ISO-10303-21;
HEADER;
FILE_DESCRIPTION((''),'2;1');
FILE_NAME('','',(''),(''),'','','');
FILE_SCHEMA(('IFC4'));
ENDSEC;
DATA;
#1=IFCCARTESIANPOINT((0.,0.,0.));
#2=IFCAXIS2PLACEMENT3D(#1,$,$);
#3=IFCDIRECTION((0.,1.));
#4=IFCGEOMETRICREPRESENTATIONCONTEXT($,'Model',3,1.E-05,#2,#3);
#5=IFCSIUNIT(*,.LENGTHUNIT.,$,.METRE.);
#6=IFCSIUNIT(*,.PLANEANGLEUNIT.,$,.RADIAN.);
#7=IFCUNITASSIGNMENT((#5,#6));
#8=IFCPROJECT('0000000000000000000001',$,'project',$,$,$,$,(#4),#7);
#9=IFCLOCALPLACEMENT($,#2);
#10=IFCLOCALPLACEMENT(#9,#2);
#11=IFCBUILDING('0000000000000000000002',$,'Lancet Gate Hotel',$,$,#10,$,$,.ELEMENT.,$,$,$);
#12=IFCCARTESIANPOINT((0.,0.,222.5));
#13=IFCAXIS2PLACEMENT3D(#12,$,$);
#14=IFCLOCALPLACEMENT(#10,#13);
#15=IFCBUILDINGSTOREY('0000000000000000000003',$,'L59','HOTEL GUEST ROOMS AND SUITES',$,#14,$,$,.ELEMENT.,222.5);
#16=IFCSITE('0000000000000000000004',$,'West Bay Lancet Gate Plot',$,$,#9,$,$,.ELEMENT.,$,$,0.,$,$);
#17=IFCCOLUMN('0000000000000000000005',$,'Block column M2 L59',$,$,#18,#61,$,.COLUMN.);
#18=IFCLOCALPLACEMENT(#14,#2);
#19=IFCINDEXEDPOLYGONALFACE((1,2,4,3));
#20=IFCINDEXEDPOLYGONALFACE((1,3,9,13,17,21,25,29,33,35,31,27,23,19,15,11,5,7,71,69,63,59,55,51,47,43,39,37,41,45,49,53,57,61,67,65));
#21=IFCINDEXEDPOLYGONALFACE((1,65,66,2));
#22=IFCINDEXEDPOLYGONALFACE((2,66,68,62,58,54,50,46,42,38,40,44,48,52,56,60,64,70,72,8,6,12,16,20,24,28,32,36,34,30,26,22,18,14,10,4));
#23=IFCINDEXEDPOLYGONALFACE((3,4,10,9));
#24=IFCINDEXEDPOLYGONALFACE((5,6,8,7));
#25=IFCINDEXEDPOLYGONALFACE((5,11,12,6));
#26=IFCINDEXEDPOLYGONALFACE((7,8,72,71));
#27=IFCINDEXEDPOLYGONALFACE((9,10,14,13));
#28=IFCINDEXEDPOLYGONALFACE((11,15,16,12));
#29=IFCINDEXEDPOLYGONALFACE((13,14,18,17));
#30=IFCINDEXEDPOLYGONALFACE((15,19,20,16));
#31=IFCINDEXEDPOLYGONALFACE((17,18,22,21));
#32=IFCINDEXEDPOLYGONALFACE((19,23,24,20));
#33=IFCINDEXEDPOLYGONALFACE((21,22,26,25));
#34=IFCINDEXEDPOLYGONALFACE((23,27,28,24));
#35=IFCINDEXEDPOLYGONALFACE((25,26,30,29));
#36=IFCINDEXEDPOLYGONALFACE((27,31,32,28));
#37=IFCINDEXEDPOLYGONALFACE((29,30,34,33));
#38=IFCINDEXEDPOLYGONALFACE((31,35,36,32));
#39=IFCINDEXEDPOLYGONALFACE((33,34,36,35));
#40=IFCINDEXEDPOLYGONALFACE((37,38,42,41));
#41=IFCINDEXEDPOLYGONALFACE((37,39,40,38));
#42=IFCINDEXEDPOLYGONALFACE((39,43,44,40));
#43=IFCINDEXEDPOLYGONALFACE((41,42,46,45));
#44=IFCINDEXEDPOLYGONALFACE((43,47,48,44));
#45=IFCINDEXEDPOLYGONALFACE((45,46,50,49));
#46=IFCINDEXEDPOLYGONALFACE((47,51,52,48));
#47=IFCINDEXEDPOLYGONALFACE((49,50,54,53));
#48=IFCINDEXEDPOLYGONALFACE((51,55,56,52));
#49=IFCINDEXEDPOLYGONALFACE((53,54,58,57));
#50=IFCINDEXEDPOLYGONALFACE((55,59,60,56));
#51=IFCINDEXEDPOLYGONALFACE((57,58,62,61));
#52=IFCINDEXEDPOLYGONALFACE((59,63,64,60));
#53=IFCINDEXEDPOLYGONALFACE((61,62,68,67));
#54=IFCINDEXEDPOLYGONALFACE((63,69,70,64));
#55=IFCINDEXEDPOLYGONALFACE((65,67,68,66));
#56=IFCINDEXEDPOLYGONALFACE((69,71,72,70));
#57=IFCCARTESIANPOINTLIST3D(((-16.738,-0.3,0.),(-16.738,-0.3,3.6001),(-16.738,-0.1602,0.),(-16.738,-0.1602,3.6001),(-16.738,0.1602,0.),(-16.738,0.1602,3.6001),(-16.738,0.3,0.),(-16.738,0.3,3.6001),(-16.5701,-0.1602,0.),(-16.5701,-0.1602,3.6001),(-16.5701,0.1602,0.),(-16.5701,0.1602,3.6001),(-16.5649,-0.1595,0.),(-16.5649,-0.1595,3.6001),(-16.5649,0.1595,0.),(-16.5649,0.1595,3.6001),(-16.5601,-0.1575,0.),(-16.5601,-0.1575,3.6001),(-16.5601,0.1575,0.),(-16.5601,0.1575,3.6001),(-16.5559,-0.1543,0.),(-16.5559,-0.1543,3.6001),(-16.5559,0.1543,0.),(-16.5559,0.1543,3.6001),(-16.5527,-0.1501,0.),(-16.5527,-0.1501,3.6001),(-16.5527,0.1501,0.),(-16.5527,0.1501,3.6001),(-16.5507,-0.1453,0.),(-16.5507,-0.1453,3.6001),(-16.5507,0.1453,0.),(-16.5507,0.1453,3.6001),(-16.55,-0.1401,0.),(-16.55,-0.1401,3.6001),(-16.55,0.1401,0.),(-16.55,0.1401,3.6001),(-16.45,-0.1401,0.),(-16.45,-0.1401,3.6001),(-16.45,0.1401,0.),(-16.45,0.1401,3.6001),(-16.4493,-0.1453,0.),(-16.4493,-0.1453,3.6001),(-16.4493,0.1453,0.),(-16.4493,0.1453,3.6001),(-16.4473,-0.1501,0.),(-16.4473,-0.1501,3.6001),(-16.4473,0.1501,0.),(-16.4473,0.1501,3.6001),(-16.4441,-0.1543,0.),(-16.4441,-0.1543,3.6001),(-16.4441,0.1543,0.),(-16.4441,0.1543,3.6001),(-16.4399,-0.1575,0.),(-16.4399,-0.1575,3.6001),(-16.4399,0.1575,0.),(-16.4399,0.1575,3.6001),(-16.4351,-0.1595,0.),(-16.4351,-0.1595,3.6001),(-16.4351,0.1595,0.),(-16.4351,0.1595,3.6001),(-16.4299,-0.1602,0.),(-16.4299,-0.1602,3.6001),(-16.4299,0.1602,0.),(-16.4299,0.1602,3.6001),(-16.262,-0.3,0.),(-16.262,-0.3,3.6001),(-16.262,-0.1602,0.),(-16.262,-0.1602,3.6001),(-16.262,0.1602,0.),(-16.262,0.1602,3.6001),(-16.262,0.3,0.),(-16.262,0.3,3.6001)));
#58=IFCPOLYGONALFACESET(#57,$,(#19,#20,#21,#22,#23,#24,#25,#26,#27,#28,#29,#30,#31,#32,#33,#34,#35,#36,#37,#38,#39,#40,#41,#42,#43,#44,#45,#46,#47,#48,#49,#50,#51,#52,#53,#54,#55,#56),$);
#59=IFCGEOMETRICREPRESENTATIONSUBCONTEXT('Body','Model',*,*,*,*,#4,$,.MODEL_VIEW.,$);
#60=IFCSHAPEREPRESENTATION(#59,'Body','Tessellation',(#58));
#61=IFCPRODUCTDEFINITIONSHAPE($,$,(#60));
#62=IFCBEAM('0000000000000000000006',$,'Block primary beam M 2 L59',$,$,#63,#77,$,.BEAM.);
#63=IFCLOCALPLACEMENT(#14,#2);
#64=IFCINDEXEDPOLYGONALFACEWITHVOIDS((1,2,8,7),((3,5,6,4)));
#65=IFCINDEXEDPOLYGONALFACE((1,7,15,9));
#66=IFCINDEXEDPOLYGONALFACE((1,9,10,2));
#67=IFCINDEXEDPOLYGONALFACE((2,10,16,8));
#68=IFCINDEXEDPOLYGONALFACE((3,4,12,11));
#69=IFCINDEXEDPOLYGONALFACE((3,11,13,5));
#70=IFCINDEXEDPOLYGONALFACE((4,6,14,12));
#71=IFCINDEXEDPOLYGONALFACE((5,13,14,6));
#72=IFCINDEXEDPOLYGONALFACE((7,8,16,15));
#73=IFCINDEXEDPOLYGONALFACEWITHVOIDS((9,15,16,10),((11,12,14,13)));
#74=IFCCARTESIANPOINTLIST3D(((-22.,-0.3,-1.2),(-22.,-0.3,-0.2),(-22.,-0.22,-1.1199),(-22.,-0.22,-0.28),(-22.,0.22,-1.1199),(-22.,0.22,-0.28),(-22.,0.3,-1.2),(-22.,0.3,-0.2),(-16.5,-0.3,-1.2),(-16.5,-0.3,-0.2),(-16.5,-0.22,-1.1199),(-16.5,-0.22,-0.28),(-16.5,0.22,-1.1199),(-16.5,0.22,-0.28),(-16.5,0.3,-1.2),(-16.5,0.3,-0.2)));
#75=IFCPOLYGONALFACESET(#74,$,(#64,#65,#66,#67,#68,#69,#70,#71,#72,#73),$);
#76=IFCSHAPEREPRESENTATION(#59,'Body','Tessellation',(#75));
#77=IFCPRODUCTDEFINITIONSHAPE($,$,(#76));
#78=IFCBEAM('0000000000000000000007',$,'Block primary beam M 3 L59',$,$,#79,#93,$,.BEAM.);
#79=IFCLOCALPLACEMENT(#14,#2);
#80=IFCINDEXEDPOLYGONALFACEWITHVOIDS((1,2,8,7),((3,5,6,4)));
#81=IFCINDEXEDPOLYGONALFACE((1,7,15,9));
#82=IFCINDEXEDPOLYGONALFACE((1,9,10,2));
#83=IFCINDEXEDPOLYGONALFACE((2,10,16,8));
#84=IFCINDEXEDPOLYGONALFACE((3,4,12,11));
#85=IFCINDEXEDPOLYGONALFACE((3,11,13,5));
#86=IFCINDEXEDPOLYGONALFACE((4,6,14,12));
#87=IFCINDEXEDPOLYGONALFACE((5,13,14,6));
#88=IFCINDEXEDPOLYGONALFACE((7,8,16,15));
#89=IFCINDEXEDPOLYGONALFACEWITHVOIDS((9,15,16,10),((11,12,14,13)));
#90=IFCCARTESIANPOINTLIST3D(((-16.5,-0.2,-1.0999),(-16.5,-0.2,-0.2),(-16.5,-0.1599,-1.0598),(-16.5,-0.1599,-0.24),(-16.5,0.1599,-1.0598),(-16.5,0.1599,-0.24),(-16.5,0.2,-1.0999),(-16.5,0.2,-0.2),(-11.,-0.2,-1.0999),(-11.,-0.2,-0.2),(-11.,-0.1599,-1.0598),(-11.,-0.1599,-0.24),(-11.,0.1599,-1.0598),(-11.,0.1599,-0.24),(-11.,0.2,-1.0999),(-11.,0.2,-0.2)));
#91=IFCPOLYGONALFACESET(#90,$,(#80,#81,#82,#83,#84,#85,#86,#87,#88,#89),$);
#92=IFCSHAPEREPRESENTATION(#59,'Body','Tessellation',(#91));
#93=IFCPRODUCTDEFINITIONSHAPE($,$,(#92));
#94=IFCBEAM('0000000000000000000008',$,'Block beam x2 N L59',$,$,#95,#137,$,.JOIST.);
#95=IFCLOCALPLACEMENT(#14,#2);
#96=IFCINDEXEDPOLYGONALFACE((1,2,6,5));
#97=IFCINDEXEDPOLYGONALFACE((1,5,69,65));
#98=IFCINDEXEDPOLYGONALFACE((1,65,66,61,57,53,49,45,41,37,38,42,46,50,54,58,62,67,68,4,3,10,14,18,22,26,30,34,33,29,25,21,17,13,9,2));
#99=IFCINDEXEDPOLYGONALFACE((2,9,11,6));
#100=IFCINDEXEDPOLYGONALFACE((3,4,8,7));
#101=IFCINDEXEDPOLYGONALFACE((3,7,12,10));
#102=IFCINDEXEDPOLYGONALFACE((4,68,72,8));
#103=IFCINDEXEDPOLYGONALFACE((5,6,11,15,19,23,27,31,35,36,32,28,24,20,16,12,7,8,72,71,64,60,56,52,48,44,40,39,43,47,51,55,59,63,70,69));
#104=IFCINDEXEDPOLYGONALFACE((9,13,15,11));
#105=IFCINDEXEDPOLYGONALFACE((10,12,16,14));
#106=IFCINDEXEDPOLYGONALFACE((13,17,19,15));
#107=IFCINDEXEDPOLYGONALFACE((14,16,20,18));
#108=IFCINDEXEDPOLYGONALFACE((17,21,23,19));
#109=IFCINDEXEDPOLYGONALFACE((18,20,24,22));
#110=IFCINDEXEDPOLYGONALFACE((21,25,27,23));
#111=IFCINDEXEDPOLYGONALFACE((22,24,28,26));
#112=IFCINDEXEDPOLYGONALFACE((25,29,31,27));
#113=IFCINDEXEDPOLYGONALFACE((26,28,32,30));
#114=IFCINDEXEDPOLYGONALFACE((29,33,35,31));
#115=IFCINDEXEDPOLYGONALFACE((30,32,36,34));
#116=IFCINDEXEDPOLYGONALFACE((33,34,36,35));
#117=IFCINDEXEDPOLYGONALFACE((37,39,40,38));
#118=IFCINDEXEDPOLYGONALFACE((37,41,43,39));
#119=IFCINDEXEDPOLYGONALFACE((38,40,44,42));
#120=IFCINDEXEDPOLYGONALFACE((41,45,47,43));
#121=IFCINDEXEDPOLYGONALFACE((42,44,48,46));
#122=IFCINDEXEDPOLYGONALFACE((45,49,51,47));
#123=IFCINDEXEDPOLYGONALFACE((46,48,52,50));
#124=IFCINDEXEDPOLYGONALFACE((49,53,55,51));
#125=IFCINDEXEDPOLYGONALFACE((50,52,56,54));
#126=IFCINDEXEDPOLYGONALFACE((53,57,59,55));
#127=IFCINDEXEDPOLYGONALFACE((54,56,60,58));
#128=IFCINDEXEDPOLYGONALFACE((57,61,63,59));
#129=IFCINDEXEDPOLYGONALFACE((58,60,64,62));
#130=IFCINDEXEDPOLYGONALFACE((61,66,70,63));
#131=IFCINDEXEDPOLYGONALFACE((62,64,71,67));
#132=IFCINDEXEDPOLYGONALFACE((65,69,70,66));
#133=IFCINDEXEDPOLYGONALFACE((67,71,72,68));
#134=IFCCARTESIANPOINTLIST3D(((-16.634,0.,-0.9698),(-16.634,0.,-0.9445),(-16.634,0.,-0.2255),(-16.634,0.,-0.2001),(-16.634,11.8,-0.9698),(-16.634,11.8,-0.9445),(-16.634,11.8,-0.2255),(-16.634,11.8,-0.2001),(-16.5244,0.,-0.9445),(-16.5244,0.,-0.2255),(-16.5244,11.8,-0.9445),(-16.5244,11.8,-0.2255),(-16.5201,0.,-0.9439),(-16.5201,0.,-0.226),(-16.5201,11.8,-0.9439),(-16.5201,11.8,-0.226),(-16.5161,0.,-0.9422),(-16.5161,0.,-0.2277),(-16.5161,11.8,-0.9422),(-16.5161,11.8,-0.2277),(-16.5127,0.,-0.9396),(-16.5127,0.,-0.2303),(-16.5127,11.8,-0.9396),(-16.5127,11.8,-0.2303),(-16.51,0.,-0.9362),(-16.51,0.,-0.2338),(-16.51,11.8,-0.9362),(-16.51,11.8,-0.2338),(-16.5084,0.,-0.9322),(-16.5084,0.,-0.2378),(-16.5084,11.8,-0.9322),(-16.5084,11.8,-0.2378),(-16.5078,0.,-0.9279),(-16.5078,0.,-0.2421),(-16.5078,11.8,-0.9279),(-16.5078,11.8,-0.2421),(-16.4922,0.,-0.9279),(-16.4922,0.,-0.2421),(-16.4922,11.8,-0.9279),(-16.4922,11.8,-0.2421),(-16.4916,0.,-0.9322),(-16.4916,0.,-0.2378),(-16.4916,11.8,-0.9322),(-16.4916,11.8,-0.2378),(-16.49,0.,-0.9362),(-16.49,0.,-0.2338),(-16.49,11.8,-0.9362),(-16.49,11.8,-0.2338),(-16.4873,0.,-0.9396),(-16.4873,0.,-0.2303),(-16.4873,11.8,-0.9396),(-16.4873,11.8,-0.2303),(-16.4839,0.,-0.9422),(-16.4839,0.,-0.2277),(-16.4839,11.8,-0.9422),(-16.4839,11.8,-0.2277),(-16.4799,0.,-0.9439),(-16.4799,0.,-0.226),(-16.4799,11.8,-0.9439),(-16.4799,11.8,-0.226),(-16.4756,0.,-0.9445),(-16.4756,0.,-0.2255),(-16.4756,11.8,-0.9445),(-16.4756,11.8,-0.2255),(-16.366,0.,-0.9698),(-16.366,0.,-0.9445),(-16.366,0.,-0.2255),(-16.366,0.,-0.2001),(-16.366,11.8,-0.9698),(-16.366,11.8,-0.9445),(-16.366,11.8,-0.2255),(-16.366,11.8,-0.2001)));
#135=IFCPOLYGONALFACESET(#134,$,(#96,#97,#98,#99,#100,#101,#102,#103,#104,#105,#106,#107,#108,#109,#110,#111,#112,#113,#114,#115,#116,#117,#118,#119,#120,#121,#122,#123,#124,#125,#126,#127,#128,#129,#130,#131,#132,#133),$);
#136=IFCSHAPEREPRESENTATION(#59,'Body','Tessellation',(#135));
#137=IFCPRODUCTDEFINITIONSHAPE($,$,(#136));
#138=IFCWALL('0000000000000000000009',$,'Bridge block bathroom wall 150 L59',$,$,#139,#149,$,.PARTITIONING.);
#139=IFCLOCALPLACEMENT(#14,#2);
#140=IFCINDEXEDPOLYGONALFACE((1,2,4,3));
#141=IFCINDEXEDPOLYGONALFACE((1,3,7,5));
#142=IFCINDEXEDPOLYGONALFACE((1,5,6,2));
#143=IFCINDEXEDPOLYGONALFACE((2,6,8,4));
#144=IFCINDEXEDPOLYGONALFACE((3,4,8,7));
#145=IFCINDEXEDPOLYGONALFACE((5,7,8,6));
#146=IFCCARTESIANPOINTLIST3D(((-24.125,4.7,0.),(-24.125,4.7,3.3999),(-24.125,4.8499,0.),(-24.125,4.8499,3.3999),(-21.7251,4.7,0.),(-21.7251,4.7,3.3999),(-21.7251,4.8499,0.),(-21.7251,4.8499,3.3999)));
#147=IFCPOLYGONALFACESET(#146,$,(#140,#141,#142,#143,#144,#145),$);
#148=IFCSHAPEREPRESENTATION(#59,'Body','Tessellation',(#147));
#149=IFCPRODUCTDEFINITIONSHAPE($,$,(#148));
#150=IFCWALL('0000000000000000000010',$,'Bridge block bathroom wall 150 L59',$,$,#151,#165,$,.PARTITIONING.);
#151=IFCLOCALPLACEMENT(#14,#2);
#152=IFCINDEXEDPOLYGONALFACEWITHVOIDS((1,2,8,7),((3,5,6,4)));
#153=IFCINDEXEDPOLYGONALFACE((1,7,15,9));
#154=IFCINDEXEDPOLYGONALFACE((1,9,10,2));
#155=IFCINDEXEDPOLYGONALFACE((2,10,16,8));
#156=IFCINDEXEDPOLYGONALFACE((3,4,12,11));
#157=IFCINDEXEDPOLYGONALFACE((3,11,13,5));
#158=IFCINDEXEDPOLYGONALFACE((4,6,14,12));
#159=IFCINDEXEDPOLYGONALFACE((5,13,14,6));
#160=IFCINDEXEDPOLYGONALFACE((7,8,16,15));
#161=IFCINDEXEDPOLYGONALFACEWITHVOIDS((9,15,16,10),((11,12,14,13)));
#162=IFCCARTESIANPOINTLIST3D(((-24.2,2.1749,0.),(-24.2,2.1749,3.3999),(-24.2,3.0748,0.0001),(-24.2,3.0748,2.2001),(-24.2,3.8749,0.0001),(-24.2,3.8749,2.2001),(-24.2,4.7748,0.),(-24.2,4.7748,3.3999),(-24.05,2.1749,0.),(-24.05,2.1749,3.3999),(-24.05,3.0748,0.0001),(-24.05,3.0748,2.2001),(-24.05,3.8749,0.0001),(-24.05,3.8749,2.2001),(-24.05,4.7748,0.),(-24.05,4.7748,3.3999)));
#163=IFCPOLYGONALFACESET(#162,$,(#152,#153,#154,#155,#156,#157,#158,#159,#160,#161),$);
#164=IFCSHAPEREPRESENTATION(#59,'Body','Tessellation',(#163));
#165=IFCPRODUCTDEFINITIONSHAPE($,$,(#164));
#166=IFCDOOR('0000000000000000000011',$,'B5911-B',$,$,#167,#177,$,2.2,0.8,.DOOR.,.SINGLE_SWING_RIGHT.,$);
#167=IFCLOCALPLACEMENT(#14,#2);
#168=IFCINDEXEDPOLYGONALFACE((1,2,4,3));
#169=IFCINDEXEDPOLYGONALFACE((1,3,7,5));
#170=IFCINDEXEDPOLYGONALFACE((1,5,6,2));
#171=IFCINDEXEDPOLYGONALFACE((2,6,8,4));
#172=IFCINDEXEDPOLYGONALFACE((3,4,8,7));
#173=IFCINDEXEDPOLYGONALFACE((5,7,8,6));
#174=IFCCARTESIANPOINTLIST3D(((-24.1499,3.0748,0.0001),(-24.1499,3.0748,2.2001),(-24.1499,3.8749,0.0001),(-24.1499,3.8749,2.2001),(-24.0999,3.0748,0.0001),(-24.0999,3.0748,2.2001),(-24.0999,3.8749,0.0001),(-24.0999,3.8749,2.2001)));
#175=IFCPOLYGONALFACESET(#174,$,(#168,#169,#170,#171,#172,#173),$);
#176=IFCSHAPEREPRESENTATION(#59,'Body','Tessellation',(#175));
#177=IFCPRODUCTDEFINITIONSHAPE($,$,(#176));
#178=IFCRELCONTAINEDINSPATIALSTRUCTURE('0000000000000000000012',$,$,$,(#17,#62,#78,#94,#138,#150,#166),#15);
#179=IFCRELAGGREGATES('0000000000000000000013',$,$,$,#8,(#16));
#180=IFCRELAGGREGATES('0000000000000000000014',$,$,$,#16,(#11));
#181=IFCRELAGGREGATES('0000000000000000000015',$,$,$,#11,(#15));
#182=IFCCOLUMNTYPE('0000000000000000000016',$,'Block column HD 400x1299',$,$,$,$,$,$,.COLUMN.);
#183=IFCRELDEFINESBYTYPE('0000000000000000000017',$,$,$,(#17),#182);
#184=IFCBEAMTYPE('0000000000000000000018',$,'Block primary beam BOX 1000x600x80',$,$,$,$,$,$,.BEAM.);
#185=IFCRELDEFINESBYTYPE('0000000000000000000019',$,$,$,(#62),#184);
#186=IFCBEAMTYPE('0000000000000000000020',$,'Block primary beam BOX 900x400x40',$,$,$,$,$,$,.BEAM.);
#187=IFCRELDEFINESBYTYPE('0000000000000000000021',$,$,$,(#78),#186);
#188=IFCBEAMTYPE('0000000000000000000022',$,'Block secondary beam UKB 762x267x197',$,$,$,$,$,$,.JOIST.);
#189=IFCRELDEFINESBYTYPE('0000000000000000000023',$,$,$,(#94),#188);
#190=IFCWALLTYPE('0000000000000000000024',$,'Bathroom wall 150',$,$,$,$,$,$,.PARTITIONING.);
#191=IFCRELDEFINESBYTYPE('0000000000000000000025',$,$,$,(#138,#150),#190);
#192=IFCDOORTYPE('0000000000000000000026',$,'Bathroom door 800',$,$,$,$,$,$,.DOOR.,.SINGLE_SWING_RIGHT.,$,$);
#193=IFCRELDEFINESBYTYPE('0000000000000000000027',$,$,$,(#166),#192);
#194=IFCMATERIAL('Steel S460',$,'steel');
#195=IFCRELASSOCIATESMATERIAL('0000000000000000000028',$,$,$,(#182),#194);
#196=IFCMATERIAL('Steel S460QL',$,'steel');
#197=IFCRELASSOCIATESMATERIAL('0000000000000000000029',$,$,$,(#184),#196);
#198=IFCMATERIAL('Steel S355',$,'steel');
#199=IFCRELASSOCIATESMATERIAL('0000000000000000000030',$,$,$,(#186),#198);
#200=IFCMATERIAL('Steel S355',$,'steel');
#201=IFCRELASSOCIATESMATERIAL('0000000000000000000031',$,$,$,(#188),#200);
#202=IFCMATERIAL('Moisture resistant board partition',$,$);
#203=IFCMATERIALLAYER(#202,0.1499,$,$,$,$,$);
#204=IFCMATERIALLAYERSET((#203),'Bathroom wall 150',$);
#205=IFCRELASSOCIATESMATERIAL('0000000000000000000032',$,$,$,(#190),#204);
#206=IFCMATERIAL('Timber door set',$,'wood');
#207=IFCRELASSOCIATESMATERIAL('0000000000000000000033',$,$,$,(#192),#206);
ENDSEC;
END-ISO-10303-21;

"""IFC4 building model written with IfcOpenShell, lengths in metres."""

from ifc_helpers import new_model, si_unit, direction, frame, frame_2d, origin, origin_2d, place, context, subcontext, project, spatial, rectangle, hollow_rectangle, i_section, extrude, material, layer, layer_set, material_profile, profile_set, type_object, element, fill, save


model = new_model("IFC4")

# Units and contexts
model_context = context("Model", 3, precision=1e-05, world=origin(), true_north=direction((0.0, 1.0)))
body_context = subcontext(model_context, "Body", "Model", "MODEL_VIEW")
ifc_project = project(units=[si_unit("LENGTHUNIT", "METRE"), si_unit("PLANEANGLEUNIT", "RADIAN")], contexts=[model_context])

# Site, building, storey
site_placement = place(None, origin())
site = spatial("IfcSite", under=ifc_project, at=site_placement, Name="West Bay Lancet Gate Plot", CompositionType="ELEMENT", RefElevation=0.0)
building_placement = place(site_placement, origin())
building = spatial("IfcBuilding", under=site, at=building_placement, Name="Lancet Gate Hotel", CompositionType="ELEMENT")
storey_placement = place(building_placement, frame((0.0, 0.0, 222.5)))
storey = spatial("IfcBuildingStorey", under=building, at=storey_placement, Name="L59", Description="HOTEL GUEST ROOMS AND SUITES", CompositionType="ELEMENT", Elevation=222.5)

# Column
ifc_material_1 = material(Name="Steel S460", Category="steel")
ifc_material_profile_1 = material_profile(ifc_material_1, i_section(OverallWidth=0.4761, OverallDepth=0.6001, WebThickness=0.1001, FlangeThickness=0.1399, FilletRadius=0.02, at=origin_2d()), Name="HD 400x1299")
ifc_profile_set_1 = profile_set([ifc_material_profile_1], Name="Steel S460")
column_type = type_object("IfcColumnType", Name="Block column HD 400x1299", PredefinedType="COLUMN", material=ifc_profile_set_1)
column_placement = place(storey_placement, frame((-16.5, 0.0, 0.0), z_axis=(0.0, 0.0, 1.0), x_axis=(1.0, 0.0, 0.0)))
element("IfcColumn", 1, at=column_placement, inside=storey, type_object=column_type, Name="Block column M2 L59", PredefinedType="COLUMN", context=body_context, shape_type="SweptSolid", body=[
    extrude(i_section(OverallWidth=0.4761, OverallDepth=0.6001, WebThickness=0.1001, FlangeThickness=0.1399, FilletRadius=0.02, at=origin_2d()), origin(), (0.0, 0.0, 1.0), 3.6001),
])

# Beams
ifc_material_2 = material(Name="Steel S460QL", Category="steel")
ifc_material_profile_2 = material_profile(ifc_material_2, hollow_rectangle(XDim=0.6001, YDim=1.0, WallThickness=0.0801, at=origin_2d()), Name="BOX 1000x600x80")
ifc_profile_set_2 = profile_set([ifc_material_profile_2], Name="Steel S460QL")
beam_type_1 = type_object("IfcBeamType", Name="Block primary beam BOX 1000x600x80", PredefinedType="BEAM", material=ifc_profile_set_2)
beam_1_placement = place(storey_placement, frame((-22.0, 0.0, -0.7), z_axis=(1.0, 0.0, 0.0), x_axis=(0.0, 1.0, 0.0)))
element("IfcBeam", 2, at=beam_1_placement, inside=storey, type_object=beam_type_1, Name="Block primary beam M 2 L59", PredefinedType="BEAM", context=body_context, shape_type="SweptSolid", body=[
    extrude(hollow_rectangle(XDim=0.6001, YDim=1.0, WallThickness=0.0801, at=origin_2d()), origin(), (0.0, 0.0, 1.0), 5.5),
])
ifc_material_3 = material(Name="Steel S355", Category="steel")
ifc_material_profile_3 = material_profile(ifc_material_3, hollow_rectangle(XDim=0.3999, YDim=0.8999, WallThickness=0.04, at=origin_2d()), Name="BOX 900x400x40")
ifc_profile_set_3 = profile_set([ifc_material_profile_3], Name="Steel S355")
beam_type_2 = type_object("IfcBeamType", Name="Block primary beam BOX 900x400x40", PredefinedType="BEAM", material=ifc_profile_set_3)
beam_2_placement = place(storey_placement, frame((-16.5, 0.0, -0.6499), z_axis=(1.0, 0.0, 0.0), x_axis=(0.0, 1.0, 0.0)))
element("IfcBeam", 3, at=beam_2_placement, inside=storey, type_object=beam_type_2, Name="Block primary beam M 3 L59", PredefinedType="BEAM", context=body_context, shape_type="SweptSolid", body=[
    extrude(hollow_rectangle(XDim=0.3999, YDim=0.8999, WallThickness=0.04, at=origin_2d()), origin(), (0.0, 0.0, 1.0), 5.5),
])
ifc_material_4 = material(Name="Steel S355", Category="steel")
ifc_material_profile_4 = material_profile(ifc_material_4, i_section(OverallWidth=0.2681, OverallDepth=0.7698, WebThickness=0.0156, FlangeThickness=0.0254, FilletRadius=0.0166, at=origin_2d()), Name="UKB 762x267x197")
ifc_profile_set_4 = profile_set([ifc_material_profile_4], Name="Steel S355")
beam_type_3 = type_object("IfcBeamType", Name="Block secondary beam UKB 762x267x197", PredefinedType="JOIST", material=ifc_profile_set_4)
beam_3_placement = place(storey_placement, frame((-16.5, 0.0, -0.585), z_axis=(0.0, 1.0, 0.0), x_axis=(-1.0, 0.0, 0.0)))
element("IfcBeam", 4, at=beam_3_placement, inside=storey, type_object=beam_type_3, Name="Block beam x2 N L59", PredefinedType="JOIST", context=body_context, shape_type="SweptSolid", body=[
    extrude(i_section(OverallWidth=0.2681, OverallDepth=0.7698, WebThickness=0.0156, FlangeThickness=0.0254, FilletRadius=0.0166, at=origin_2d()), origin(), (0.0, 0.0, 1.0), 11.8),
])

# Wall
ifc_material_5 = material(Name="Moisture resistant board partition")
ifc_layer_1 = layer(ifc_material_5, 0.1499)
ifc_layer_set_1 = layer_set([ifc_layer_1], Name="Bathroom wall 150")
wall_type_1 = type_object("IfcWallType", Name="Bathroom wall 150", PredefinedType="PARTITIONING", material=ifc_layer_set_1)
wall_1_placement = place(storey_placement, frame((-24.125, 4.7749, 0.0), z_axis=(0.0, 0.0, 1.0), x_axis=(1.0, 0.0, 0.0)))
element("IfcWall", 5, at=wall_1_placement, inside=storey, type_object=wall_type_1, Name="Bridge block bathroom wall 150 L59", PredefinedType="PARTITIONING", context=body_context, shape_type="SweptSolid", body=[
    extrude(rectangle(XDim=2.3999, YDim=0.1499, at=frame_2d((1.2, 0.0))), origin(), (0.0, 0.0, 1.0), 3.3999),
])

# Wall, opening, door
wall_2_placement = place(storey_placement, frame((-24.125, 2.175, 0.0), z_axis=(0.0, 0.0, 1.0), x_axis=(0.0, 1.0, 0.0)))
wall_2 = element("IfcWall", 6, at=wall_2_placement, inside=storey, type_object=wall_type_1, Name="Bridge block bathroom wall 150 L59", PredefinedType="PARTITIONING", context=body_context, shape_type="SweptSolid", body=[
    extrude(rectangle(XDim=2.5999, YDim=0.1499, at=frame_2d((1.2998, 0.0))), origin(), (0.0, 0.0, 1.0), 3.3999),
])
opening_1_placement = place(wall_2_placement, frame((0.8999, 0.0, 0.0)))
opening_1 = element("IfcOpeningElement", 7, at=opening_1_placement, cuts=wall_2, PredefinedType="OPENING", context=body_context, shape_type="SweptSolid", body=[
    extrude(rectangle(XDim=0.8, YDim=2.2, at=frame_2d((0.3999, 1.1001))), frame((0.0, 0.085, 0.0), z_axis=(0.0, -1.0, 0.0), x_axis=(1.0, 0.0, 0.0)), (0.0, 0.0, 1.0), 0.1699),
])
ifc_material_6 = material(Name="Timber door set", Category="wood")
door_type = type_object("IfcDoorType", Name="Bathroom door 800", OperationType="SINGLE_SWING_RIGHT", PredefinedType="DOOR", material=ifc_material_6)
door_1_placement = place(opening_1_placement, origin())
door_1 = element("IfcDoor", 8, at=door_1_placement, inside=storey, type_object=door_type, Name="B5911-B", OperationType="SINGLE_SWING_RIGHT", OverallHeight=2.2, OverallWidth=0.8, PredefinedType="DOOR", context=body_context, shape_type="SweptSolid", body=[
    extrude(rectangle(XDim=0.8, YDim=2.2, at=frame_2d((0.3999, 1.1001))), frame((0.0, 0.0249, 0.0), z_axis=(0.0, -1.0, 0.0), x_axis=(1.0, 0.0, 0.0)), (0.0, 0.0, 1.0), 0.05),
])
fill(opening_1, door_1)

save(model, "model.ifc")
